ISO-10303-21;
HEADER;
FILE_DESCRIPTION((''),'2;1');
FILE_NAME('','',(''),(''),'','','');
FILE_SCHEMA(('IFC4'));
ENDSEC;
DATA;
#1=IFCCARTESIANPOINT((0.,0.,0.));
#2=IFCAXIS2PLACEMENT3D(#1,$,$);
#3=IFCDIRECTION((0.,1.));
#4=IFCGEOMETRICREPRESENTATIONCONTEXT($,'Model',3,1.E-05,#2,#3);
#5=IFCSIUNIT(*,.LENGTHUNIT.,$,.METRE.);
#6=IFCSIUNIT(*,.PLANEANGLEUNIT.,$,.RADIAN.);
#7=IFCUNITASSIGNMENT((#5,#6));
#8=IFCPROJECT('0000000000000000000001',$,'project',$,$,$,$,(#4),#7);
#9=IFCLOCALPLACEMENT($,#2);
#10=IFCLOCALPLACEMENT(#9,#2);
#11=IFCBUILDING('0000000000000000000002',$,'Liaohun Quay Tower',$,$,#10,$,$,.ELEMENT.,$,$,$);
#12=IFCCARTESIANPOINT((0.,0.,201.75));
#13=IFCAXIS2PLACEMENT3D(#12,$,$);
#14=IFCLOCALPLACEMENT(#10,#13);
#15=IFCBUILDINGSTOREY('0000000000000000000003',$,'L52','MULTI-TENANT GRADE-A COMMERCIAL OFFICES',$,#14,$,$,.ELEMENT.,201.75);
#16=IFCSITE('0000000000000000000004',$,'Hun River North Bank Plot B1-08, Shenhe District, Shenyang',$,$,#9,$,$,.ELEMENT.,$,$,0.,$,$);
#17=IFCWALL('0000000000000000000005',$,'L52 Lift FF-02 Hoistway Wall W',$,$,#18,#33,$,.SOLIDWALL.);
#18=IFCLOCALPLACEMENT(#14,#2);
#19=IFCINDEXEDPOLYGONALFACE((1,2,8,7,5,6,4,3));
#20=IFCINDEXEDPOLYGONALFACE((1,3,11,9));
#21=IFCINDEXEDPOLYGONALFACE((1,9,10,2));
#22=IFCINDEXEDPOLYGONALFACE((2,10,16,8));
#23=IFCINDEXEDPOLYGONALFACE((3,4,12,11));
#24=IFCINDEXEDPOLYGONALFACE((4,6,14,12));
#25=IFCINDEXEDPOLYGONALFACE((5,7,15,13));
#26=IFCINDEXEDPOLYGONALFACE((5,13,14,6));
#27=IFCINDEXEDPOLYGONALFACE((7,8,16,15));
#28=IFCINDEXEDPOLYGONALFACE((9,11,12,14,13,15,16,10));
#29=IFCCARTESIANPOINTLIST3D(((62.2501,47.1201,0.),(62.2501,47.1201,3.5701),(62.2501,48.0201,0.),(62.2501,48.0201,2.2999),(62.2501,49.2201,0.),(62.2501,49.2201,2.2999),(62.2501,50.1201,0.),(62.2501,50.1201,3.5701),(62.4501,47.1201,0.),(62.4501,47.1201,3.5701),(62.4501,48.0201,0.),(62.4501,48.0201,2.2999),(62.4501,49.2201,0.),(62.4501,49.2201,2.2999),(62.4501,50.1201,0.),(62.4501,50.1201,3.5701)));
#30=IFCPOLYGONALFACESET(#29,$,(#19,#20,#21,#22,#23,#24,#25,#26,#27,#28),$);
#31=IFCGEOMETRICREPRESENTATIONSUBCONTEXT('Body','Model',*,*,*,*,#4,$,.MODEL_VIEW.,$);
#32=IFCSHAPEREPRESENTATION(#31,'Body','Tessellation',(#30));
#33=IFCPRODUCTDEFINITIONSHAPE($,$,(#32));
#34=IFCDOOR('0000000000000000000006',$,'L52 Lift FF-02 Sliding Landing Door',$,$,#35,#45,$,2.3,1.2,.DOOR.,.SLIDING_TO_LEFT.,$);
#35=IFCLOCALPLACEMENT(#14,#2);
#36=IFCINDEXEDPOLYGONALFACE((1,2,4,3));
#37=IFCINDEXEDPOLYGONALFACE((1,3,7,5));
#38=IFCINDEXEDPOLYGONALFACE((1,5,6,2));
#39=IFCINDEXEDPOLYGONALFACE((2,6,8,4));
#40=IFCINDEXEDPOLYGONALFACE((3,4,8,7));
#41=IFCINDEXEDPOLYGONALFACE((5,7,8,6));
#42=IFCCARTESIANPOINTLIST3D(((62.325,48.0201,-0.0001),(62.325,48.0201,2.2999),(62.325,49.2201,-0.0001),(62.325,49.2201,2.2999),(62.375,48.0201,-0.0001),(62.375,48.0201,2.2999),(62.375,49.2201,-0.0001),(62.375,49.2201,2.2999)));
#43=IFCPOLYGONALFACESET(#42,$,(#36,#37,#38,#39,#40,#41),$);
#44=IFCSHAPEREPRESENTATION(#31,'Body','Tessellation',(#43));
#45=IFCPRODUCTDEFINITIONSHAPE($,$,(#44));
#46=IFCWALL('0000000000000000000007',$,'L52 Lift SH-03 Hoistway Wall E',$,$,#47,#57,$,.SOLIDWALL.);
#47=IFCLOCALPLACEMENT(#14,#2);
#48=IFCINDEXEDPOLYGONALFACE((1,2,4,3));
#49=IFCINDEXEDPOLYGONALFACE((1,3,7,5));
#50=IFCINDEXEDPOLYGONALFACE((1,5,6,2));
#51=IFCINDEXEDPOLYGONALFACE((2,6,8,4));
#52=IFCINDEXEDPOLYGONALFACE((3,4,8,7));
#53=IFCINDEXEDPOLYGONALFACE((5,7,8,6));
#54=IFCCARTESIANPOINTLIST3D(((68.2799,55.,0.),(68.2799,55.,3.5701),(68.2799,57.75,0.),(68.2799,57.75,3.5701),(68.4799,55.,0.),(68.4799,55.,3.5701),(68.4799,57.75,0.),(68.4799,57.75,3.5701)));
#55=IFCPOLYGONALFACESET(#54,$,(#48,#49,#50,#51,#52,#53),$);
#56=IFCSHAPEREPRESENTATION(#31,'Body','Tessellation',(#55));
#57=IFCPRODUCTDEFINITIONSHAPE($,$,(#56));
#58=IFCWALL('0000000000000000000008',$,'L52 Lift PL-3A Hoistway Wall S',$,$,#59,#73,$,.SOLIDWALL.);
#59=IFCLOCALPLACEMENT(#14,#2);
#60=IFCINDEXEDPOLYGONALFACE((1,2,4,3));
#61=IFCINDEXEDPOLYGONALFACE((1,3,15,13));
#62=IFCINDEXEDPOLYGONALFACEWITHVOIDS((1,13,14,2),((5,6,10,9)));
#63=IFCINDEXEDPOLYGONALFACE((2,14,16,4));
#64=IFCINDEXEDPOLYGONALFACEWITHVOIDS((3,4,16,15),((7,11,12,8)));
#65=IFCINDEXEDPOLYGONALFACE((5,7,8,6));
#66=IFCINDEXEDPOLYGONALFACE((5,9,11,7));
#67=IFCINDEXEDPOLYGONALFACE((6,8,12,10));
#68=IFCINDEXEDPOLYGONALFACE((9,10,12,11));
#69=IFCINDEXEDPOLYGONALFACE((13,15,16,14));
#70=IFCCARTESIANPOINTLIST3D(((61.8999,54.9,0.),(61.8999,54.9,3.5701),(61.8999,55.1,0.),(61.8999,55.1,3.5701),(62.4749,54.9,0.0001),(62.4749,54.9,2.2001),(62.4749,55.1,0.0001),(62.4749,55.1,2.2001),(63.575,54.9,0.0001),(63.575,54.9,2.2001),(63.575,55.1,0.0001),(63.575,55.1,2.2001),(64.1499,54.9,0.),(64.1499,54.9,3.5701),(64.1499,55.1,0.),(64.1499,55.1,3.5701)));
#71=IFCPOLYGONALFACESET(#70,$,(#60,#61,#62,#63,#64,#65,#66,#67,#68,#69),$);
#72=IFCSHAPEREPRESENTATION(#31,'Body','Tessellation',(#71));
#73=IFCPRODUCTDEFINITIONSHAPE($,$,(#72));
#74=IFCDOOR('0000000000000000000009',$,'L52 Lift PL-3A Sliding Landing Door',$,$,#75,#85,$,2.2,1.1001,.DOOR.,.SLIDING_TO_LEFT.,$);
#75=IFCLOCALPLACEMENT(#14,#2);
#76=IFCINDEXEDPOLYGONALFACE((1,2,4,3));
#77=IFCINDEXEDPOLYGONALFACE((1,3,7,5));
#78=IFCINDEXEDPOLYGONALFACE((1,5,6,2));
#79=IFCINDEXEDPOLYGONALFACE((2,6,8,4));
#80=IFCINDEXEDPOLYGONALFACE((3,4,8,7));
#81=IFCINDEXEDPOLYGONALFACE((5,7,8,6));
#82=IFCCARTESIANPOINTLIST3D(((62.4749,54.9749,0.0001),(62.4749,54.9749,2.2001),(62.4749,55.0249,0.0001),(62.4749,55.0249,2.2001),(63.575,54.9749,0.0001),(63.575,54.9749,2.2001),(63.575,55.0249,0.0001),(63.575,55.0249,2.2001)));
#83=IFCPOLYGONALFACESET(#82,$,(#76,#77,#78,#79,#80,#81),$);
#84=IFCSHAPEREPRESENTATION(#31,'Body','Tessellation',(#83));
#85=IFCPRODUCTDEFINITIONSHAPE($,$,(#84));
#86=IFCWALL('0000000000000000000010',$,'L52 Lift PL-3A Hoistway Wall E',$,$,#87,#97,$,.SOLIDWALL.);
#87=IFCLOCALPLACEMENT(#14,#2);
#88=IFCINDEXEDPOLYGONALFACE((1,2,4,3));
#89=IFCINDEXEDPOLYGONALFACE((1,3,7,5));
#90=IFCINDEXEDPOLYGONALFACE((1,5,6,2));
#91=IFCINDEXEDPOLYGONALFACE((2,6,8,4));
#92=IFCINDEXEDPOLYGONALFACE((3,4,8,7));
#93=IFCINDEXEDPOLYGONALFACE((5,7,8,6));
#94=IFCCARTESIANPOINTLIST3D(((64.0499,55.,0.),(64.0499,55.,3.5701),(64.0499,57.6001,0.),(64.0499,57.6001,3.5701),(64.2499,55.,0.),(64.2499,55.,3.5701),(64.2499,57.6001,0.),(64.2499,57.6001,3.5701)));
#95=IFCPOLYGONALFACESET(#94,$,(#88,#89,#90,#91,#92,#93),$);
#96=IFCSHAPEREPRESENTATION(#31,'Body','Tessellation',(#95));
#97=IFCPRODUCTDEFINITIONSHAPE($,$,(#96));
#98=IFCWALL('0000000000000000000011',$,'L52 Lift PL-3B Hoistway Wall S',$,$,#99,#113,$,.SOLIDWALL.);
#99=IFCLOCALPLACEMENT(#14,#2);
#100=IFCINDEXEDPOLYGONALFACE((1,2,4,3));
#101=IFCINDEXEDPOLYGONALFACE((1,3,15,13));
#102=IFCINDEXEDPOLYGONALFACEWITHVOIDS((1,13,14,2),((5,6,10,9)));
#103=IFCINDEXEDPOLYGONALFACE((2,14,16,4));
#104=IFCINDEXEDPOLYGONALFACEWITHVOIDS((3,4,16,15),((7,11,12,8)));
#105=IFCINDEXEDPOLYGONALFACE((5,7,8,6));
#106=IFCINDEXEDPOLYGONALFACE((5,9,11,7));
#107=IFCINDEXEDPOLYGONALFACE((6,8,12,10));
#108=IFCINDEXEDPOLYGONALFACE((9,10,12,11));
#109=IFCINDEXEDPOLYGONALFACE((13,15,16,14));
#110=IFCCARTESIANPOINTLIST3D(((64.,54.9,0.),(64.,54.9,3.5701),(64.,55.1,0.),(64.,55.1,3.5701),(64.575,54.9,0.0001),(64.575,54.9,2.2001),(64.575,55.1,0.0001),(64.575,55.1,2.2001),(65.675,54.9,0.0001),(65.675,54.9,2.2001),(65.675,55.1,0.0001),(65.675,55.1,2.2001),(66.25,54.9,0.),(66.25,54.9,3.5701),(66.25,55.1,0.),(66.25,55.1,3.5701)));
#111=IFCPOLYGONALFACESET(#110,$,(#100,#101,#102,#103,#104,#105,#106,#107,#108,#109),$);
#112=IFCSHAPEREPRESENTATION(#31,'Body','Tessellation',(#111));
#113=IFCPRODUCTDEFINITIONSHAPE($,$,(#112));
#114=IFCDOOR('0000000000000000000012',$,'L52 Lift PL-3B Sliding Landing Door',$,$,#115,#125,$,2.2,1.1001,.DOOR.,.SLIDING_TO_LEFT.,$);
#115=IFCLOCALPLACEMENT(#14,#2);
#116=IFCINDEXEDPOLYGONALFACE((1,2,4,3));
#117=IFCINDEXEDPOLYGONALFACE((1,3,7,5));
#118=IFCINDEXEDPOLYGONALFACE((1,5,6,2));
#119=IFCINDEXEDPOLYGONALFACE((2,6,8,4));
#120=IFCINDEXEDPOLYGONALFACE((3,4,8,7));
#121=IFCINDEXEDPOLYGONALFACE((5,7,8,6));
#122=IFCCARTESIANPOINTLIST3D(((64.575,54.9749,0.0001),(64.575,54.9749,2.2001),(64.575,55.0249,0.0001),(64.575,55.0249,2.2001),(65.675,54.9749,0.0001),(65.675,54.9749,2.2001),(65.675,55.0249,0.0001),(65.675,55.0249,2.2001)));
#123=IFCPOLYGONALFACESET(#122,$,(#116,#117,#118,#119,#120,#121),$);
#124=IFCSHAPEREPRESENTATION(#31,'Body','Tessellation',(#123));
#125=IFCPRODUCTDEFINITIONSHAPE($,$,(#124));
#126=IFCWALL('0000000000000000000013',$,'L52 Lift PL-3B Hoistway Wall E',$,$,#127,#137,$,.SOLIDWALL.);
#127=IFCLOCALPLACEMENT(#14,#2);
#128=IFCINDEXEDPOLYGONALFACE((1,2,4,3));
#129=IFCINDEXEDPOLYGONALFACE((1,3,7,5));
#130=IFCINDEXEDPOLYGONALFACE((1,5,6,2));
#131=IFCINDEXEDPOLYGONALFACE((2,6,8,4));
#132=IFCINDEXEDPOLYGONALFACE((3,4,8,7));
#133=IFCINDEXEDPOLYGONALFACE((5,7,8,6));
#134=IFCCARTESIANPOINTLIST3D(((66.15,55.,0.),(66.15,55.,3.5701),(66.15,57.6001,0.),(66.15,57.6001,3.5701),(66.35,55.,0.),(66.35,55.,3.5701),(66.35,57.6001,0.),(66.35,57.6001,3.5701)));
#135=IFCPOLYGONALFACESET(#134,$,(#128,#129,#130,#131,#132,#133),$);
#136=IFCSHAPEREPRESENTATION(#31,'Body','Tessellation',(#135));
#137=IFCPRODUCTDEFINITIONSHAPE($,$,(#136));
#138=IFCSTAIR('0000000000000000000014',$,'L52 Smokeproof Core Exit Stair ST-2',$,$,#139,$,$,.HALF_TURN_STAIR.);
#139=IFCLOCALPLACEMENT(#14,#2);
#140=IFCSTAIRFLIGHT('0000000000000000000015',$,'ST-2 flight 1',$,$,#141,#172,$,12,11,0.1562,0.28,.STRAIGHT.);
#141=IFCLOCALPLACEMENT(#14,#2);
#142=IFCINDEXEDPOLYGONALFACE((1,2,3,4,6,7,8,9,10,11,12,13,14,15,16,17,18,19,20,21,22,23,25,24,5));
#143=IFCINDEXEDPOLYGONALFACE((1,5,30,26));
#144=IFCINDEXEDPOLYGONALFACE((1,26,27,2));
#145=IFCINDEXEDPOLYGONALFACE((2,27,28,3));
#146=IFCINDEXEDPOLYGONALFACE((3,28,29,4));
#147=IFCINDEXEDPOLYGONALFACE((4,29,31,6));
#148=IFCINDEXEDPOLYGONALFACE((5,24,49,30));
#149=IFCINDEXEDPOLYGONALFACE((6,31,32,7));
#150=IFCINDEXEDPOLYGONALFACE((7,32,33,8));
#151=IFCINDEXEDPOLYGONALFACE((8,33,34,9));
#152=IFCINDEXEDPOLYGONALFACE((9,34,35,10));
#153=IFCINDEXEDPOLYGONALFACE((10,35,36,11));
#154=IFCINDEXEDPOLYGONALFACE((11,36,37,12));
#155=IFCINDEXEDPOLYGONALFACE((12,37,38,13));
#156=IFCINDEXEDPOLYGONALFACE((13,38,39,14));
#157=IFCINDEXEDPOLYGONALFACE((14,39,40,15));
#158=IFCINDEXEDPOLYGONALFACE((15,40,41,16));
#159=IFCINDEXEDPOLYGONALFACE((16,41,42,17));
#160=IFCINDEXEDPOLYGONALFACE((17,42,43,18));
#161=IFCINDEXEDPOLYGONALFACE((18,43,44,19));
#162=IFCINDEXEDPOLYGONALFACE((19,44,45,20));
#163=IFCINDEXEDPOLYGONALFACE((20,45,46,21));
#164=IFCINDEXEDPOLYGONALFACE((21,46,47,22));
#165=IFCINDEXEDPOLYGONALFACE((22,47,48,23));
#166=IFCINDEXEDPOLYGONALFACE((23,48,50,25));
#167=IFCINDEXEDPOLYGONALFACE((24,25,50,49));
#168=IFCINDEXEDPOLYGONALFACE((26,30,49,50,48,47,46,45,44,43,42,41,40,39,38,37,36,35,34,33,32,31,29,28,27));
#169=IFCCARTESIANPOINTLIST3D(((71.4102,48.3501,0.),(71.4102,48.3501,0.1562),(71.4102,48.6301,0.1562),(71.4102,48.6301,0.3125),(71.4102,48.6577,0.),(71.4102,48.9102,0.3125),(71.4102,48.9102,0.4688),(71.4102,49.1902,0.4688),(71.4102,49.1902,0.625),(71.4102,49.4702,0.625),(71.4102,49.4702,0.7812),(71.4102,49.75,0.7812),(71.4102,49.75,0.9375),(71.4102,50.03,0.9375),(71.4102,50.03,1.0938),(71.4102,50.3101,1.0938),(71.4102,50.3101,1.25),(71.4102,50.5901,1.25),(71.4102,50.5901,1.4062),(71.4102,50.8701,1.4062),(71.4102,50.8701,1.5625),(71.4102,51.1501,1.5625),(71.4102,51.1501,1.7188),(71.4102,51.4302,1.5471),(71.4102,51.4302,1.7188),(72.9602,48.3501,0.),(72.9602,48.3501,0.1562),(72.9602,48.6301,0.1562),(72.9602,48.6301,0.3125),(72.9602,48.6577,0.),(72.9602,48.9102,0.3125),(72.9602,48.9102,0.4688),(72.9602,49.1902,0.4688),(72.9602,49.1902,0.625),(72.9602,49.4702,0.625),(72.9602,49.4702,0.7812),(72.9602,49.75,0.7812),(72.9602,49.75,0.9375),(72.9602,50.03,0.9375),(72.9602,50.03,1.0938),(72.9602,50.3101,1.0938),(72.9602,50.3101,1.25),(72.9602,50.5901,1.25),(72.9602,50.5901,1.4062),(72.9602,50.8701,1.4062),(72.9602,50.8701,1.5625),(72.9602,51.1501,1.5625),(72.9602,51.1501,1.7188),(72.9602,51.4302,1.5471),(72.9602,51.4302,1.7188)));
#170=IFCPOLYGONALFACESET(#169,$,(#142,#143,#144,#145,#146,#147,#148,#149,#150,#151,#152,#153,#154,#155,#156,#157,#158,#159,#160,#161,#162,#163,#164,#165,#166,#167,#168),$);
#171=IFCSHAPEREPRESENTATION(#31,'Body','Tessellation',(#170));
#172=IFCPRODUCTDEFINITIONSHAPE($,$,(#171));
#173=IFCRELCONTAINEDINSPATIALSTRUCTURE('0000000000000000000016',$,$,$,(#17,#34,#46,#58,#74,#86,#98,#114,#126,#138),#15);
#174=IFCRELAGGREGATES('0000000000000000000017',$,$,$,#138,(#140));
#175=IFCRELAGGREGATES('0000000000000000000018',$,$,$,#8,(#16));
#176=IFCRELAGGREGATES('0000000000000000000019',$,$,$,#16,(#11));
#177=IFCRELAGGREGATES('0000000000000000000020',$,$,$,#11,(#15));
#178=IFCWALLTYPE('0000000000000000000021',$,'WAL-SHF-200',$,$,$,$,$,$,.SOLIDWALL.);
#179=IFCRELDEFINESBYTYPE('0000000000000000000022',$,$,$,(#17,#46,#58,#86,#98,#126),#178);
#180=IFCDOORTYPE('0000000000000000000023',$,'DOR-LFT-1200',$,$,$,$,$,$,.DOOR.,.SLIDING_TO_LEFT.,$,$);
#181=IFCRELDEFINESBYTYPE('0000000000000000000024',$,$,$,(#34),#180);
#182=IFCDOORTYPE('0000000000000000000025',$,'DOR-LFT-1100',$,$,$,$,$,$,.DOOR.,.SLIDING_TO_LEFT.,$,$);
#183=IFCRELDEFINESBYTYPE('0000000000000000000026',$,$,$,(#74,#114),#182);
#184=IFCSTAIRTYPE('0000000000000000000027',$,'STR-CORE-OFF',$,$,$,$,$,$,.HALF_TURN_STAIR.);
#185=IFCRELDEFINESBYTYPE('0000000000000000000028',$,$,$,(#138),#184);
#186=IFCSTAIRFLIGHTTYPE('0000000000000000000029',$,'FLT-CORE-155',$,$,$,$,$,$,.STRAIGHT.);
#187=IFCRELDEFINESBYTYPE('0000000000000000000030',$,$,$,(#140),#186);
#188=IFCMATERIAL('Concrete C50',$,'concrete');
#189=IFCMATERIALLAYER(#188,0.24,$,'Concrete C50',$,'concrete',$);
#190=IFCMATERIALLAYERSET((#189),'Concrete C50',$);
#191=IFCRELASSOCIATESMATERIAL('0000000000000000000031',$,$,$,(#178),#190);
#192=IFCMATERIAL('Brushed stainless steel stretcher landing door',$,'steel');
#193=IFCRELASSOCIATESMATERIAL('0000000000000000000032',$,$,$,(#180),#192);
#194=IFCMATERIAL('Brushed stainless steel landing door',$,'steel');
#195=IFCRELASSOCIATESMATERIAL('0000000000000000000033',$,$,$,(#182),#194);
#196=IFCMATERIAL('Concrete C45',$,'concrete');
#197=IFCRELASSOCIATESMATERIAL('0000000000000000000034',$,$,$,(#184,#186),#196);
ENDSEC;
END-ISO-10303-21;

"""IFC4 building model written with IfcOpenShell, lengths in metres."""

from ifc_helpers import new_model, si_unit, direction, frame, frame_2d, origin, place, context, subcontext, project, spatial, polyline, rectangle, outline, extrude, source, transform, mapped, material, layer, layer_set, type_object, element, fill, aggregate, save


model = new_model("IFC4")

# Units and contexts
model_context = context("Model", 3, precision=1e-05, world=origin(), true_north=direction((0.0, 1.0)))
body_context = subcontext(model_context, "Body", "Model", "MODEL_VIEW")
ifc_project = project(units=[si_unit("LENGTHUNIT", "METRE"), si_unit("PLANEANGLEUNIT", "RADIAN")], contexts=[model_context])

# Site, building, storey
site_placement = place(None, origin())
site = spatial("IfcSite", under=ifc_project, at=site_placement, Name="Hun River North Bank Plot B1-08, Shenhe District, Shenyang", CompositionType="ELEMENT", RefElevation=0.0)
building_placement = place(site_placement, origin())
building = spatial("IfcBuilding", under=site, at=building_placement, Name="Liaohun Quay Tower", CompositionType="ELEMENT")
storey_placement = place(building_placement, frame((0.0, 0.0, 201.75)))
storey = spatial("IfcBuildingStorey", under=building, at=storey_placement, Name="L52", Description="MULTI-TENANT GRADE-A COMMERCIAL OFFICES", CompositionType="ELEMENT", Elevation=201.75)

# Shared definitions
ifc_material_1 = material(Name="Concrete C50", Category="concrete")
ifc_layer_1 = layer(ifc_material_1, 0.24, Name="Concrete C50", Category="concrete")
ifc_layer_set_1 = layer_set([ifc_layer_1], Name="Concrete C50")
wall_type_1 = type_object("IfcWallType", Name="WAL-SHF-200", PredefinedType="SOLIDWALL", material=ifc_layer_set_1)

# Wall, opening, door
wall_1_placement = place(storey_placement, frame((62.3501, 50.1201, 0.0), z_axis=(0.0, 0.0, 1.0), x_axis=(0.0, -1.0, 0.0)))
wall_1 = element("IfcWall", 1, at=wall_1_placement, inside=storey, type_object=wall_type_1, Name="L52 Lift FF-02 Hoistway Wall W", PredefinedType="SOLIDWALL", context=body_context, shape_type="SweptSolid", body=[
    extrude(rectangle(XDim=3.0, YDim=0.2, at=frame_2d((1.5, 0.0))), origin(), (0.0, 0.0, 1.0), 3.5701),
])
shared_shape_1 = source(origin(), body_context, "Body", "SweptSolid", [
    extrude(rectangle(XDim=1.2, YDim=2.3, at=frame_2d((0.6001, 1.1499))), frame((0.0, 0.1099, 0.0), z_axis=(0.0, -1.0, 0.0), x_axis=(1.0, 0.0, 0.0)), (0.0, 0.0, 1.0), 0.22),
])
opening_1_placement = place(wall_1_placement, frame((0.8999, 0.0, 0.0)))
opening_1 = element("IfcOpeningElement", 2, at=opening_1_placement, cuts=wall_1, PredefinedType="OPENING", context=body_context, shape_type="MappedRepresentation", body=[
    mapped(shared_shape_1, transform((0.0, 0.0, 0.0), x_axis=(1.0, 0.0, 0.0), y_axis=(0.0, 1.0, 0.0), z_axis=(0.0, 0.0, 1.0), scale=1.0)),
])
ifc_material_2 = material(Name="Brushed stainless steel stretcher landing door", Category="steel")
door_type_1 = type_object("IfcDoorType", Name="DOR-LFT-1200", OperationType="SLIDING_TO_LEFT", PredefinedType="DOOR", material=ifc_material_2)
shared_shape_2 = source(origin(), body_context, "Body", "SweptSolid", [
    extrude(rectangle(XDim=1.2, YDim=2.3, at=frame_2d((0.6001, 1.1499))), frame((0.0, 0.0249, 0.0), z_axis=(0.0, -1.0, 0.0), x_axis=(1.0, 0.0, 0.0)), (0.0, 0.0, 1.0), 0.05),
])
door_1_placement = place(opening_1_placement, origin())
door_1 = element("IfcDoor", 3, at=door_1_placement, inside=storey, type_object=door_type_1, Name="L52 Lift FF-02 Sliding Landing Door", OperationType="SLIDING_TO_LEFT", OverallHeight=2.3, OverallWidth=1.2, PredefinedType="DOOR", context=body_context, shape_type="MappedRepresentation", body=[
    mapped(shared_shape_2, transform((0.0, 0.0, 0.0), x_axis=(1.0, 0.0, 0.0), y_axis=(0.0, 1.0, 0.0), z_axis=(0.0, 0.0, 1.0), scale=1.0)),
])
fill(opening_1, door_1)

# Wall
wall_2_placement = place(storey_placement, frame((68.3799, 55.0, 0.0), z_axis=(0.0, 0.0, 1.0), x_axis=(0.0, 1.0, 0.0)))
element("IfcWall", 4, at=wall_2_placement, inside=storey, type_object=wall_type_1, Name="L52 Lift SH-03 Hoistway Wall E", PredefinedType="SOLIDWALL", context=body_context, shape_type="SweptSolid", body=[
    extrude(rectangle(XDim=2.75, YDim=0.2, at=frame_2d((1.375, 0.0))), origin(), (0.0, 0.0, 1.0), 3.5701),
])

# Wall, opening, door
wall_3_placement = place(storey_placement, frame((61.8999, 55.0, 0.0), z_axis=(0.0, 0.0, 1.0), x_axis=(1.0, 0.0, 0.0)))
wall_3 = element("IfcWall", 5, at=wall_3_placement, inside=storey, type_object=wall_type_1, Name="L52 Lift PL-3A Hoistway Wall S", PredefinedType="SOLIDWALL", context=body_context, shape_type="SweptSolid", body=[
    extrude(rectangle(XDim=2.25, YDim=0.2, at=frame_2d((1.125, 0.0))), origin(), (0.0, 0.0, 1.0), 3.5701),
])
shared_shape_3 = source(origin(), body_context, "Body", "SweptSolid", [
    extrude(rectangle(XDim=1.1001, YDim=2.2, at=frame_2d((0.55, 1.1001))), frame((0.0, 0.1099, 0.0), z_axis=(0.0, -1.0, 0.0), x_axis=(1.0, 0.0, 0.0)), (0.0, 0.0, 1.0), 0.22),
])
opening_2_placement = place(wall_3_placement, frame((0.575, 0.0, 0.0)))
opening_2 = element("IfcOpeningElement", 6, at=opening_2_placement, cuts=wall_3, PredefinedType="OPENING", context=body_context, shape_type="MappedRepresentation", body=[
    mapped(shared_shape_3, transform((0.0, 0.0, 0.0), x_axis=(1.0, 0.0, 0.0), y_axis=(0.0, 1.0, 0.0), z_axis=(0.0, 0.0, 1.0), scale=1.0)),
])
ifc_material_3 = material(Name="Brushed stainless steel landing door", Category="steel")
door_type_2 = type_object("IfcDoorType", Name="DOR-LFT-1100", OperationType="SLIDING_TO_LEFT", PredefinedType="DOOR", material=ifc_material_3)
shared_shape_4 = source(origin(), body_context, "Body", "SweptSolid", [
    extrude(rectangle(XDim=1.1001, YDim=2.2, at=frame_2d((0.55, 1.1001))), frame((0.0, 0.0249, 0.0), z_axis=(0.0, -1.0, 0.0), x_axis=(1.0, 0.0, 0.0)), (0.0, 0.0, 1.0), 0.05),
])
door_2_placement = place(opening_2_placement, origin())
door_2 = element("IfcDoor", 7, at=door_2_placement, inside=storey, type_object=door_type_2, Name="L52 Lift PL-3A Sliding Landing Door", OperationType="SLIDING_TO_LEFT", OverallHeight=2.2, OverallWidth=1.1001, PredefinedType="DOOR", context=body_context, shape_type="MappedRepresentation", body=[
    mapped(shared_shape_4, transform((0.0, 0.0, 0.0), x_axis=(1.0, 0.0, 0.0), y_axis=(0.0, 1.0, 0.0), z_axis=(0.0, 0.0, 1.0), scale=1.0)),
])
fill(opening_2, door_2)

# Wall
wall_4_placement = place(storey_placement, frame((64.1499, 55.0, 0.0), z_axis=(0.0, 0.0, 1.0), x_axis=(0.0, 1.0, 0.0)))
element("IfcWall", 8, at=wall_4_placement, inside=storey, type_object=wall_type_1, Name="L52 Lift PL-3A Hoistway Wall E", PredefinedType="SOLIDWALL", context=body_context, shape_type="SweptSolid", body=[
    extrude(rectangle(XDim=2.6001, YDim=0.2, at=frame_2d((1.3, 0.0))), origin(), (0.0, 0.0, 1.0), 3.5701),
])

# Wall, opening, door
wall_5_placement = place(storey_placement, frame((64.0, 55.0, 0.0), z_axis=(0.0, 0.0, 1.0), x_axis=(1.0, 0.0, 0.0)))
wall_5 = element("IfcWall", 9, at=wall_5_placement, inside=storey, type_object=wall_type_1, Name="L52 Lift PL-3B Hoistway Wall S", PredefinedType="SOLIDWALL", context=body_context, shape_type="SweptSolid", body=[
    extrude(rectangle(XDim=2.25, YDim=0.2, at=frame_2d((1.125, 0.0))), origin(), (0.0, 0.0, 1.0), 3.5701),
])
opening_3_placement = place(wall_5_placement, frame((0.575, 0.0, 0.0)))
opening_3 = element("IfcOpeningElement", 10, at=opening_3_placement, cuts=wall_5, PredefinedType="OPENING", context=body_context, shape_type="MappedRepresentation", body=[
    mapped(shared_shape_3, transform((0.0, 0.0, 0.0), x_axis=(1.0, 0.0, 0.0), y_axis=(0.0, 1.0, 0.0), z_axis=(0.0, 0.0, 1.0), scale=1.0)),
])
door_3_placement = place(opening_3_placement, origin())
door_3 = element("IfcDoor", 11, at=door_3_placement, inside=storey, type_object=door_type_2, Name="L52 Lift PL-3B Sliding Landing Door", OperationType="SLIDING_TO_LEFT", OverallHeight=2.2, OverallWidth=1.1001, PredefinedType="DOOR", context=body_context, shape_type="MappedRepresentation", body=[
    mapped(shared_shape_4, transform((0.0, 0.0, 0.0), x_axis=(1.0, 0.0, 0.0), y_axis=(0.0, 1.0, 0.0), z_axis=(0.0, 0.0, 1.0), scale=1.0)),
])
fill(opening_3, door_3)

# Wall
wall_6_placement = place(storey_placement, frame((66.25, 55.0, 0.0), z_axis=(0.0, 0.0, 1.0), x_axis=(0.0, 1.0, 0.0)))
element("IfcWall", 12, at=wall_6_placement, inside=storey, type_object=wall_type_1, Name="L52 Lift PL-3B Hoistway Wall E", PredefinedType="SOLIDWALL", context=body_context, shape_type="SweptSolid", body=[
    extrude(rectangle(XDim=2.6001, YDim=0.2, at=frame_2d((1.3, 0.0))), origin(), (0.0, 0.0, 1.0), 3.5701),
])

# Stair, stair flight
ifc_material_4 = material(Name="Concrete C45", Category="concrete")
stair_type = type_object("IfcStairType", Name="STR-CORE-OFF", PredefinedType="HALF_TURN_STAIR", material=ifc_material_4)
stair_placement = place(storey_placement, origin())
stair = element("IfcStair", 13, at=stair_placement, inside=storey, type_object=stair_type, Name="L52 Smokeproof Core Exit Stair ST-2", PredefinedType="HALF_TURN_STAIR")
stair_flight_type = type_object("IfcStairFlightType", Name="FLT-CORE-155", PredefinedType="STRAIGHT", material=ifc_material_4)
stair_flight_1_placement = place(storey_placement, frame((72.1851, 48.3501, 0.0), z_axis=(0.0, 0.0, 1.0), x_axis=(0.0, 1.0, 0.0)))
stair_flight_1 = element("IfcStairFlight", 14, at=stair_flight_1_placement, type_object=stair_flight_type, Name="ST-2 flight 1", NumberOfRisers=12, NumberOfTreads=11, PredefinedType="STRAIGHT", RiserHeight=0.1562, TreadLength=0.28, context=body_context, shape_type="SweptSolid", body=[
    extrude(outline(polyline([(0.0, 0.0), (0.0, 0.1562), (0.28, 0.1562), (0.28, 0.3125), (0.5601, 0.3125), (0.5601, 0.4688), (0.8401, 0.4688), (0.8401, 0.625), (1.1201, 0.625), (1.1201, 0.7812), (1.3999, 0.7812), (1.3999, 0.9375), (1.6799, 0.9375), (1.6799, 1.0938), (1.96, 1.0938), (1.96, 1.25), (2.24, 1.25), (2.24, 1.4062), (2.52, 1.4062), (2.52, 1.5625), (2.8, 1.5625), (2.8, 1.7188), (3.0801, 1.7188), (3.0801, 1.875), (3.0801, 1.5471), (0.3076, 0.0), (0.0, 0.0)])), frame((0.0, 0.7749, 0.0), z_axis=(0.0, -1.0, 0.0), x_axis=(1.0, 0.0, 0.0)), (0.0, 0.0, 1.0), 1.55),
])
aggregate(stair, [stair_flight_1])

save(model, "model.ifc")
